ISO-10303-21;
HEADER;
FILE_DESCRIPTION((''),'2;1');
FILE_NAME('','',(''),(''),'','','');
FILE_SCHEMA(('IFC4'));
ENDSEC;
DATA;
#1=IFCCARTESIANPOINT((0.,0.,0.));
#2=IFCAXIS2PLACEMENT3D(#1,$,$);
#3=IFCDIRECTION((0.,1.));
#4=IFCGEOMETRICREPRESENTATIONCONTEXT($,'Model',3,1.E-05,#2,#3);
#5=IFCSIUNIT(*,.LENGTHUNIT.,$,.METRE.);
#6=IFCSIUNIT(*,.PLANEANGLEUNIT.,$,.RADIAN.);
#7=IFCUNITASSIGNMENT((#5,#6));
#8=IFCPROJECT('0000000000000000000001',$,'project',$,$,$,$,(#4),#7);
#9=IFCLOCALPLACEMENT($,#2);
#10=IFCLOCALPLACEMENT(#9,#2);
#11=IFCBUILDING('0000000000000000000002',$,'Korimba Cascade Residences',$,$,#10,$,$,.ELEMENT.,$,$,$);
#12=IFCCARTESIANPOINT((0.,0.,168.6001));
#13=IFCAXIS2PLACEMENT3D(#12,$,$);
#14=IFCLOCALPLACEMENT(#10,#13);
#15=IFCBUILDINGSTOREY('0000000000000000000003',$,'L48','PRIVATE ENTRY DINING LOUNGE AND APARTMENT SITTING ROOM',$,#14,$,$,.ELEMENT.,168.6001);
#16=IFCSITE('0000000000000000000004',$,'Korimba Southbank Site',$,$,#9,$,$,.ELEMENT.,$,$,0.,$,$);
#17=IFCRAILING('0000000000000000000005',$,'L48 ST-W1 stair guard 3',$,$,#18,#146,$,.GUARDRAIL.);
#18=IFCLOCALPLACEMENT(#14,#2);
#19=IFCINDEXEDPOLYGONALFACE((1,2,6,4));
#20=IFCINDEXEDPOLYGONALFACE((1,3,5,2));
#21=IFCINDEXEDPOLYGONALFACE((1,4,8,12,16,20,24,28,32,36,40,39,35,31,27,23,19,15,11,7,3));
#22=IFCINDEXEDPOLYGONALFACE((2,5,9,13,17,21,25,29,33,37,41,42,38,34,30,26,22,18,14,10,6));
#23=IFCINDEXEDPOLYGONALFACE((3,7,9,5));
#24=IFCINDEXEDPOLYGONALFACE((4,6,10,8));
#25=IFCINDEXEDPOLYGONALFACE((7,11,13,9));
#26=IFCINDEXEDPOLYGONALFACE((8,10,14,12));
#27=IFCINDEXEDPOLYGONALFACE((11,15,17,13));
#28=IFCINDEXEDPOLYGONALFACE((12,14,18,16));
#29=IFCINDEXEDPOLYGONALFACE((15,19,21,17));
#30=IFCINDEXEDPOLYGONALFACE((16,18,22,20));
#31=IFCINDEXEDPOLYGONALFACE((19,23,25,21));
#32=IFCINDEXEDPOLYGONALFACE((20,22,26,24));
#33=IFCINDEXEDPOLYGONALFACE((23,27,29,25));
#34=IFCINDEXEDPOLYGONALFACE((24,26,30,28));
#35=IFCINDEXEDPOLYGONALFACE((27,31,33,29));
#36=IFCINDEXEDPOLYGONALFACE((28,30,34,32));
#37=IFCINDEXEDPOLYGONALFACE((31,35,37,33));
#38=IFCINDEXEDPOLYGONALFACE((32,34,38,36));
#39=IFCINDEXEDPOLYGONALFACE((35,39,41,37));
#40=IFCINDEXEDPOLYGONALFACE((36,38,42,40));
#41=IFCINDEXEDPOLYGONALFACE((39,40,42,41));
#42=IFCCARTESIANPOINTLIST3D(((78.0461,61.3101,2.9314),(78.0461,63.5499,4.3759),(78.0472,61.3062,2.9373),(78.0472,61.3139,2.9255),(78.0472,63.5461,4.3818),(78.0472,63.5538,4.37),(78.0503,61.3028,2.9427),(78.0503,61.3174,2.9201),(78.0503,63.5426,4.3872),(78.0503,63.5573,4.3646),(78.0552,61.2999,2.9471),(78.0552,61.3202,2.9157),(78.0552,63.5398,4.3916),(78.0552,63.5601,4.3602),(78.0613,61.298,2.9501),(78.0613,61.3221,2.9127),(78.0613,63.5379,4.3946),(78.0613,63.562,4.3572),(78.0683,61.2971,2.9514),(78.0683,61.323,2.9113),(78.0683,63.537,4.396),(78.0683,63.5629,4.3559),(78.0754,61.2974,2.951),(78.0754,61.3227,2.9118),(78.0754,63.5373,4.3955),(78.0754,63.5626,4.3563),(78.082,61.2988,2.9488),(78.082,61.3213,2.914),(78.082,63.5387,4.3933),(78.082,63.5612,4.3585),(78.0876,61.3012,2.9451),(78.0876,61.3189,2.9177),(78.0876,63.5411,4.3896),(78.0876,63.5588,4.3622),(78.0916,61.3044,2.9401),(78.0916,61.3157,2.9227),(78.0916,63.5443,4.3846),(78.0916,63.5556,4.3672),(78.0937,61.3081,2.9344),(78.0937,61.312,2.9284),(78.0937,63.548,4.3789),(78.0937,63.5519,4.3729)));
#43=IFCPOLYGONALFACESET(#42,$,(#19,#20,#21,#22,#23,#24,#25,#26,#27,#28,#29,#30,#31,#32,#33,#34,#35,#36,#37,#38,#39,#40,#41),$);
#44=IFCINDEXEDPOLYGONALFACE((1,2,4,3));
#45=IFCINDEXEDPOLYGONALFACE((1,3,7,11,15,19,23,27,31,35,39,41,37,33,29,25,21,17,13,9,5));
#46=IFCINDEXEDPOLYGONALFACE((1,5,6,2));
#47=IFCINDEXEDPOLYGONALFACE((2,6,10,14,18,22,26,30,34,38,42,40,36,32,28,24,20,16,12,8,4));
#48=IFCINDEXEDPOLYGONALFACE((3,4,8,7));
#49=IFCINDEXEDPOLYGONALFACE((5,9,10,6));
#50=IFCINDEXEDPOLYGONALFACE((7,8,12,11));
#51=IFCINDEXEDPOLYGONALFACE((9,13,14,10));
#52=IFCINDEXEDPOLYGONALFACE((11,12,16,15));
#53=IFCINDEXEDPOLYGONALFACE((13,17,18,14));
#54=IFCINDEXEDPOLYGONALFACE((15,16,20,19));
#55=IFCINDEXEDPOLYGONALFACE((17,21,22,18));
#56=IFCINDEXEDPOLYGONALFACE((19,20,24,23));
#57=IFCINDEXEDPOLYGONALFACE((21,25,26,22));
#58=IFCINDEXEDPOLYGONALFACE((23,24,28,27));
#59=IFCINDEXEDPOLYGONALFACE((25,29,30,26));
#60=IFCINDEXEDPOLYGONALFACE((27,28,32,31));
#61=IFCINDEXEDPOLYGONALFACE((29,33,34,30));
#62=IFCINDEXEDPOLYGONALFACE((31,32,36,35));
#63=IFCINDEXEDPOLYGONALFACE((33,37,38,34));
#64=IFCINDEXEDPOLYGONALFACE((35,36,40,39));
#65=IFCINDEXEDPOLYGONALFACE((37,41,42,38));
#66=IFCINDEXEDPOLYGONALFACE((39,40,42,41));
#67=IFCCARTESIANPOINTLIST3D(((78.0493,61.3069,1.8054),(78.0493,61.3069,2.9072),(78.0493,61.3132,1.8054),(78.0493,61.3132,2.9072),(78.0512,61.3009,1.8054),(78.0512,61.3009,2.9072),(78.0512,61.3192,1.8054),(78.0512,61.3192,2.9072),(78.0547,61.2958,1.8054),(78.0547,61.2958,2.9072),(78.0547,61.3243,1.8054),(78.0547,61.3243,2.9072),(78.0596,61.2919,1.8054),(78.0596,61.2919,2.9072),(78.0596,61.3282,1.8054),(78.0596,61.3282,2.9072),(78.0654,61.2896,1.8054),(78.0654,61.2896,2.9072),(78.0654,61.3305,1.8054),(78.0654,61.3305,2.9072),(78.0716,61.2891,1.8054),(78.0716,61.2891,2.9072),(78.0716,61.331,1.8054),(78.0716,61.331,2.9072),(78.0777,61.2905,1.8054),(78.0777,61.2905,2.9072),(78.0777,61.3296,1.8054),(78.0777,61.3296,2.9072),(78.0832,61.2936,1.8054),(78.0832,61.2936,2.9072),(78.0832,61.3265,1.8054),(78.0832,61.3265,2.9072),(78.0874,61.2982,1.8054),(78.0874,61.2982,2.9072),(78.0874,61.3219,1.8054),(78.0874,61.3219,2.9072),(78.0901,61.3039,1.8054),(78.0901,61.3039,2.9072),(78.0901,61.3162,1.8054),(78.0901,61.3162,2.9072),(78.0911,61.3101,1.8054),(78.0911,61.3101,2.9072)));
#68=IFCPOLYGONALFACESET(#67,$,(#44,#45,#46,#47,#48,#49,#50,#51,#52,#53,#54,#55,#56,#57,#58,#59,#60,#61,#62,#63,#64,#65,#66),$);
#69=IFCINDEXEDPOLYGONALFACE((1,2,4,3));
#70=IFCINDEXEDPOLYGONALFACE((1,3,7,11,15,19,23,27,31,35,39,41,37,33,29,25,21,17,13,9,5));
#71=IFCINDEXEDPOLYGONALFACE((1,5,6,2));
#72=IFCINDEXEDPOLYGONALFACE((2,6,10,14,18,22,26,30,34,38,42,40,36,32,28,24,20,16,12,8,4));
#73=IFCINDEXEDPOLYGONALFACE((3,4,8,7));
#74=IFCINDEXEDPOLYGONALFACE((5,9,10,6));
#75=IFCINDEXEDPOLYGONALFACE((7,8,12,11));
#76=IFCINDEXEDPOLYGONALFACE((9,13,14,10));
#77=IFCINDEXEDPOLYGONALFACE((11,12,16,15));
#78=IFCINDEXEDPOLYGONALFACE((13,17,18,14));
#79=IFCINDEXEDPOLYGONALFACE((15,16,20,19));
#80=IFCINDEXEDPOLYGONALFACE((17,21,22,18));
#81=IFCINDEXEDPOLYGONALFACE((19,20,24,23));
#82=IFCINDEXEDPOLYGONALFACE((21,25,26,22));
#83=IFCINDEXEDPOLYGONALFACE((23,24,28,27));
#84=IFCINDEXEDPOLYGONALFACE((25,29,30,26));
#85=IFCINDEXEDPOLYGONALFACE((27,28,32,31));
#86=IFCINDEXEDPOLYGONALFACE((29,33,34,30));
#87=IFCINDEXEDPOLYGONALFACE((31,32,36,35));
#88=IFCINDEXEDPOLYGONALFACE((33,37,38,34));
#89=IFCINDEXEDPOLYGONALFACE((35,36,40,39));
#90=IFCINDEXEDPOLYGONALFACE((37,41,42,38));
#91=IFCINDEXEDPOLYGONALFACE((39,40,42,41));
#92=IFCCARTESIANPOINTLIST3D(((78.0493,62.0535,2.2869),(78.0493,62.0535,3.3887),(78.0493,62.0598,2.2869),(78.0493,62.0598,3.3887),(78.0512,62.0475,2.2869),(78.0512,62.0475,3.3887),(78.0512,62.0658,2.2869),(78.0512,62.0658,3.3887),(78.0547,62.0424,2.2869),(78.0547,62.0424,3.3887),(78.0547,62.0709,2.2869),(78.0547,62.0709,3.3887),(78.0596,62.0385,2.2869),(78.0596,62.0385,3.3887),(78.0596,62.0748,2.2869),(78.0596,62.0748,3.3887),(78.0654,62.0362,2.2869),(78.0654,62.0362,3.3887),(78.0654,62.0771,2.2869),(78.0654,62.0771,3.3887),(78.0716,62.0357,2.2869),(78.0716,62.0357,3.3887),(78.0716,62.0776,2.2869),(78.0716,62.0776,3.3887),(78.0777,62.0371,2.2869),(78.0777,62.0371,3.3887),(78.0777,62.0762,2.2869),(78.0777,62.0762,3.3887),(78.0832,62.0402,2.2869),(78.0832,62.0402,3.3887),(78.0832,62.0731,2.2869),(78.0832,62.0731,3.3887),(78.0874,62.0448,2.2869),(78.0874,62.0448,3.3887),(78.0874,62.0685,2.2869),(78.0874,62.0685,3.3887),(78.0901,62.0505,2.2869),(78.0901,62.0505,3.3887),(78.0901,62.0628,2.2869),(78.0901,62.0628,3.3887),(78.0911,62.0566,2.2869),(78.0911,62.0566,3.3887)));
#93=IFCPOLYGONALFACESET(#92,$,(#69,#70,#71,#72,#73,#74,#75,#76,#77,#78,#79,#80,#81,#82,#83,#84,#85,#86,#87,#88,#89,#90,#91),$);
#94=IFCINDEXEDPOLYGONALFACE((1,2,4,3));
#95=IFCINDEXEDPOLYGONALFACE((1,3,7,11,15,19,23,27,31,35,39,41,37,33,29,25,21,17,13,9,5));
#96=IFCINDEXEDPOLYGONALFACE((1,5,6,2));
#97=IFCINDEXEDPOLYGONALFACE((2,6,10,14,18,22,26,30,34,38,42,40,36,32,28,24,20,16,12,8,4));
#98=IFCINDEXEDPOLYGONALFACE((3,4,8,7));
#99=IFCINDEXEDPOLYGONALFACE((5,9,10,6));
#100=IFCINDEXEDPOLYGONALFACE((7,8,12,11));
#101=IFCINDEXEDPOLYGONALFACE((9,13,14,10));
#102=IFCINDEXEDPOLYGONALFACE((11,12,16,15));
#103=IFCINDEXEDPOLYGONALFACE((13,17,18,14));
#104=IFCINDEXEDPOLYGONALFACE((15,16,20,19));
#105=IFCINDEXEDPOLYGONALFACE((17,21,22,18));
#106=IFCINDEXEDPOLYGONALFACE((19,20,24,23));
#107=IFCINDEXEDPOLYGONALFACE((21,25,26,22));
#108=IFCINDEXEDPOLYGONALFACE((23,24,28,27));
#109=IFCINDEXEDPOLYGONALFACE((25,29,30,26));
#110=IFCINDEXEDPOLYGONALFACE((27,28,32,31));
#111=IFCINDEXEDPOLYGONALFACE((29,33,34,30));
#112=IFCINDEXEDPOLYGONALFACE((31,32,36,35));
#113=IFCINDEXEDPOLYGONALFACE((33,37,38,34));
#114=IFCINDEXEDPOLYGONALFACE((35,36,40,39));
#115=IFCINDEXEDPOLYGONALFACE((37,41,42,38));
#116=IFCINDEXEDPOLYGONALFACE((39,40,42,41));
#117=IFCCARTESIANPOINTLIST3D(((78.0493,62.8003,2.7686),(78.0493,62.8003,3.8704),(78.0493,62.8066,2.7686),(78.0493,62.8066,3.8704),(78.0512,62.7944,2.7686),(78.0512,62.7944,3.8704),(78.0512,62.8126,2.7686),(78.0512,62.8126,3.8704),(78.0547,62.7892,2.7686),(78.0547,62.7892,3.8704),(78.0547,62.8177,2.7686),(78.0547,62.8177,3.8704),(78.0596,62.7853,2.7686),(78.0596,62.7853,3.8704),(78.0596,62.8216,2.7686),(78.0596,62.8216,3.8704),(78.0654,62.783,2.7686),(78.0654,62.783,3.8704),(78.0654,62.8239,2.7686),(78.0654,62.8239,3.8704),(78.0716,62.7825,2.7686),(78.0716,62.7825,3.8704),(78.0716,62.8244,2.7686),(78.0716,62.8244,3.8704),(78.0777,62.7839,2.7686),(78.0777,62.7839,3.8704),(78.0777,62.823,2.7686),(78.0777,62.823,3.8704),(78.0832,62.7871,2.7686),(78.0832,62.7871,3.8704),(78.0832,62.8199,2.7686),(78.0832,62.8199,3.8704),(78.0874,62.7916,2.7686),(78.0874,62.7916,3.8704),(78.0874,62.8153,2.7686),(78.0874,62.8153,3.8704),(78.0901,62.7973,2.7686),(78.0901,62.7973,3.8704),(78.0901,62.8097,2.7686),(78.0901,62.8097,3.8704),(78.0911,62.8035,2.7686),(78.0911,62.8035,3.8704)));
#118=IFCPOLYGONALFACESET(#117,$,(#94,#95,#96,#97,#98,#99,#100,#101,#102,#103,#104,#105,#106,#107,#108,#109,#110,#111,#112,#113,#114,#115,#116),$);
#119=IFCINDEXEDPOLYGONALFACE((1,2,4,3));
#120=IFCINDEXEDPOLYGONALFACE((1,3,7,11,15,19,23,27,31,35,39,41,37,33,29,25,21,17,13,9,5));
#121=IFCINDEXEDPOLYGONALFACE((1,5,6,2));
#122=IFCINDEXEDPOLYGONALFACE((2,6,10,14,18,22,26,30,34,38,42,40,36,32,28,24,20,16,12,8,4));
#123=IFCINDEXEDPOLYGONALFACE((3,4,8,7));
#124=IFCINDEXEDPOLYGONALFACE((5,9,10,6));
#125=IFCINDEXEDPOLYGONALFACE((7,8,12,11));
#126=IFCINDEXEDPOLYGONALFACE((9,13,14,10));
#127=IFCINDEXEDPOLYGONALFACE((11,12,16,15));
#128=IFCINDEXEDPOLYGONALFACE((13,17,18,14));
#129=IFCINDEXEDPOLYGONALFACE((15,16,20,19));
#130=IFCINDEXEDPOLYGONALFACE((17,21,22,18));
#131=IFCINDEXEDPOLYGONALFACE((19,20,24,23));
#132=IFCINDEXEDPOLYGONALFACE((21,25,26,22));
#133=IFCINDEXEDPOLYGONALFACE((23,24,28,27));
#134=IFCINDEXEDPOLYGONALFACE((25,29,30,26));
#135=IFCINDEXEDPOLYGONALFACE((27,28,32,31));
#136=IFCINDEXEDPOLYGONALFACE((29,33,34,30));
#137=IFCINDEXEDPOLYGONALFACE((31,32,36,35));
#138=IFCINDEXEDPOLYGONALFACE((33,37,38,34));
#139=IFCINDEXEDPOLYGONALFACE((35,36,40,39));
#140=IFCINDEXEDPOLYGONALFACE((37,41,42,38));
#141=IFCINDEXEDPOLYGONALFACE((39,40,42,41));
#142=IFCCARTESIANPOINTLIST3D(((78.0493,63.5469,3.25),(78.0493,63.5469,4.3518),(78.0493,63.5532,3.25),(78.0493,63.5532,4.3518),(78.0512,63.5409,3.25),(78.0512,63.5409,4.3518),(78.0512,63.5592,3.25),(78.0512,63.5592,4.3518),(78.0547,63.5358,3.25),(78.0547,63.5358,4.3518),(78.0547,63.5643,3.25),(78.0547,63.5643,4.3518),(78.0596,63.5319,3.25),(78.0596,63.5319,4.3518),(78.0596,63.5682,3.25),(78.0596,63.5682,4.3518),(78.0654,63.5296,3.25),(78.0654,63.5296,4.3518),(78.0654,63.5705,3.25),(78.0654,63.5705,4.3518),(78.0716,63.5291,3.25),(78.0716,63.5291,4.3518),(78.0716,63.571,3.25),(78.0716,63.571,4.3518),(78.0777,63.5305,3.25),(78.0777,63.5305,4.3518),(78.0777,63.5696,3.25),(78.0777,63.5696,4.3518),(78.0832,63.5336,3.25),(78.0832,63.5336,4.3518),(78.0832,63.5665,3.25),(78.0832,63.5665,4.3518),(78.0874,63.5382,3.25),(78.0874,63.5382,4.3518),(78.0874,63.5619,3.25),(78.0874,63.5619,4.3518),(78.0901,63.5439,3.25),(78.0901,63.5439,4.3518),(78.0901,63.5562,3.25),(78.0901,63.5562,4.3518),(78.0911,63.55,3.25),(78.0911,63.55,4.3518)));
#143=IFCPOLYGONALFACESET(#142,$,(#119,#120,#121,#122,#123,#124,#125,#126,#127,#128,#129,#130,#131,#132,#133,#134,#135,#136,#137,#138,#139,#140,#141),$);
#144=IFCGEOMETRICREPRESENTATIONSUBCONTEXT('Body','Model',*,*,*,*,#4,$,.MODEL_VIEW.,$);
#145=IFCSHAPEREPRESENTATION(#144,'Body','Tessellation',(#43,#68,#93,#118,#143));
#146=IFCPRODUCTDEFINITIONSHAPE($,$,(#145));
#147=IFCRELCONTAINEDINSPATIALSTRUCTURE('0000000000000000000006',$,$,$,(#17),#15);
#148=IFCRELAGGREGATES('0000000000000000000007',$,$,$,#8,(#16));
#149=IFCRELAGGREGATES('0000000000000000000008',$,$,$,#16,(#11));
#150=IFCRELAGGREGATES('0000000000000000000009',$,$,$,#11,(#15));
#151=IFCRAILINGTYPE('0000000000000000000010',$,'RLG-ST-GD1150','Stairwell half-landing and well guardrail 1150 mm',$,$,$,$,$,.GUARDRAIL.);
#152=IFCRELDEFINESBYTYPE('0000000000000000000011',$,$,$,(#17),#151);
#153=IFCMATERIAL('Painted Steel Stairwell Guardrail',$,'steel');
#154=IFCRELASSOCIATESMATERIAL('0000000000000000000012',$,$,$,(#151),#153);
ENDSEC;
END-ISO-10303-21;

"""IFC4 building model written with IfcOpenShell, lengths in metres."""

from ifc_helpers import new_model, si_unit, direction, frame, origin, origin_2d, place, context, subcontext, project, spatial, circle, extrude, material, type_object, element, save


model = new_model("IFC4")

# Units and contexts
model_context = context("Model", 3, precision=1e-05, world=origin(), true_north=direction((0.0, 1.0)))
body_context = subcontext(model_context, "Body", "Model", "MODEL_VIEW")
ifc_project = project(units=[si_unit("LENGTHUNIT", "METRE"), si_unit("PLANEANGLEUNIT", "RADIAN")], contexts=[model_context])

# Site, building, storey
site_placement = place(None, origin())
site = spatial("IfcSite", under=ifc_project, at=site_placement, Name="Korimba Southbank Site", CompositionType="ELEMENT", RefElevation=0.0)
building_placement = place(site_placement, origin())
building = spatial("IfcBuilding", under=site, at=building_placement, Name="Korimba Cascade Residences", CompositionType="ELEMENT")
storey_placement = place(building_placement, frame((0.0, 0.0, 168.6001)))
storey = spatial("IfcBuildingStorey", under=building, at=storey_placement, Name="L48", Description="PRIVATE ENTRY DINING LOUNGE AND APARTMENT SITTING ROOM", CompositionType="ELEMENT", Elevation=168.6001)

# Railing
ifc_material_1 = material(Name="Painted Steel Stairwell Guardrail", Category="steel")
railing_type_1 = type_object("IfcRailingType", Name="RLG-ST-GD1150", Description="Stairwell half-landing and well guardrail 1150 mm", PredefinedType="GUARDRAIL", material=ifc_material_1)
railing_1_placement = place(storey_placement, frame((78.0701, 61.3101, 1.8054)))
element("IfcRailing", 1, at=railing_1_placement, inside=storey, type_object=railing_type_1, Name="L48 ST-W1 stair guard 3", PredefinedType="GUARDRAIL", context=body_context, shape_type="SweptSolid", body=[
    extrude(circle(Radius=0.0239, at=origin_2d()), frame((0.0, 0.0, 1.126), z_axis=(0.0, 0.840395, 0.541975), x_axis=(-1.0, 0.0, 0.0)), (0.0, 0.0, 1.0), 2.6653),
    extrude(circle(Radius=0.021, at=origin_2d()), origin(), (0.0, 0.0, 1.0), 1.1018),
    extrude(circle(Radius=0.021, at=origin_2d()), frame((0.0, 0.7466, 0.4814)), (0.0, 0.0, 1.0), 1.1018),
    extrude(circle(Radius=0.021, at=origin_2d()), frame((0.0, 1.4934, 0.9631)), (0.0, 0.0, 1.0), 1.1018),
    extrude(circle(Radius=0.021, at=origin_2d()), frame((0.0, 2.24, 1.4446)), (0.0, 0.0, 1.0), 1.1018),
])

save(model, "model.ifc")
